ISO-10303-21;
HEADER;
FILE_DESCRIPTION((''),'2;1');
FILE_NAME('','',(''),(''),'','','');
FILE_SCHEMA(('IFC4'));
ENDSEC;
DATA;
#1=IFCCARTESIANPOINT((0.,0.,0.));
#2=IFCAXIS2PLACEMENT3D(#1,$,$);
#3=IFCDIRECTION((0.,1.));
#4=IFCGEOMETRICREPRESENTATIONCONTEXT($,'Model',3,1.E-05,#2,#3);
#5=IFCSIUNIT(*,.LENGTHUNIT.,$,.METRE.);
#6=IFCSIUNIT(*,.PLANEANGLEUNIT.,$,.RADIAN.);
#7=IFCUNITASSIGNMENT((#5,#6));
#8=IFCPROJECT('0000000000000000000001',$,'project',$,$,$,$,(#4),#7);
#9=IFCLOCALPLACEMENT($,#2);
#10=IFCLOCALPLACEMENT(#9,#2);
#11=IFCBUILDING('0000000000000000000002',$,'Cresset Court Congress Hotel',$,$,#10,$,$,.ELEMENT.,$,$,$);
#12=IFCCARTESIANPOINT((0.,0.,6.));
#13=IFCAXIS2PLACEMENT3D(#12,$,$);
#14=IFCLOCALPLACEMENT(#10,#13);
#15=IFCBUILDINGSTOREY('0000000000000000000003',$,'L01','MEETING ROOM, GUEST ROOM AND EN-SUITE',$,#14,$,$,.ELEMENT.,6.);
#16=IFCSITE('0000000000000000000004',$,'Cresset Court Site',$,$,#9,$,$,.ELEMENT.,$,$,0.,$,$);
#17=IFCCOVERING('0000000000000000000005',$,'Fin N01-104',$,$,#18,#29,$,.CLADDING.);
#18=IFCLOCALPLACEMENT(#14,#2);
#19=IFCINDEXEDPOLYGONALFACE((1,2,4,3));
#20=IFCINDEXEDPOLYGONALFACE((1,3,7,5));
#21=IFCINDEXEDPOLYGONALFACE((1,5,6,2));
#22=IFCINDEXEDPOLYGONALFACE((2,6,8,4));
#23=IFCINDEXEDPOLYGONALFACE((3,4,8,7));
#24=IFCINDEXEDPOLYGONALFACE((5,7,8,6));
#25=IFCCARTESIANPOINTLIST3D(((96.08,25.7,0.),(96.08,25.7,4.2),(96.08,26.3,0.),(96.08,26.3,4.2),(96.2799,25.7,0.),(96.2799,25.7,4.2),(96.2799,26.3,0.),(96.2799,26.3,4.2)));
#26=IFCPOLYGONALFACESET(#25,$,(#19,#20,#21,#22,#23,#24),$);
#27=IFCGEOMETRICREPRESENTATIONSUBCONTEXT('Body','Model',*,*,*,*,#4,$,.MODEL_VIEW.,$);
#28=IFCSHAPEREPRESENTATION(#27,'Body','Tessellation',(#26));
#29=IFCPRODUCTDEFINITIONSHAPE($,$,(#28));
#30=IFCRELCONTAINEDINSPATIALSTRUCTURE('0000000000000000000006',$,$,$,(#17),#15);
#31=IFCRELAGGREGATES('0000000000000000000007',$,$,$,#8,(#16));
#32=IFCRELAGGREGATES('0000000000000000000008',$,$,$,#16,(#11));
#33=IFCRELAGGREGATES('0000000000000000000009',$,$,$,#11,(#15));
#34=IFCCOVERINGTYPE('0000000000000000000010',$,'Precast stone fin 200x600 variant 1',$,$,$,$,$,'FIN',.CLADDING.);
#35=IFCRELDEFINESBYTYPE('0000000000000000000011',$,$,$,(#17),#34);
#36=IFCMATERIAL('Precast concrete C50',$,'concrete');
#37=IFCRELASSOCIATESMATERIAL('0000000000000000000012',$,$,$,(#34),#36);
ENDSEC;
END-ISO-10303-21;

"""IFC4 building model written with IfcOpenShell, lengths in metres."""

from ifc_helpers import new_model, si_unit, direction, frame, origin, origin_2d, place, context, subcontext, project, spatial, rectangle, extrude, material, type_object, element, save


model = new_model("IFC4")

# Units and contexts
model_context = context("Model", 3, precision=1e-05, world=origin(), true_north=direction((0.0, 1.0)))
body_context = subcontext(model_context, "Body", "Model", "MODEL_VIEW")
ifc_project = project(units=[si_unit("LENGTHUNIT", "METRE"), si_unit("PLANEANGLEUNIT", "RADIAN")], contexts=[model_context])

# Site, building, storey
site_placement = place(None, origin())
site = spatial("IfcSite", under=ifc_project, at=site_placement, Name="Cresset Court Site", CompositionType="ELEMENT", RefElevation=0.0)
building_placement = place(site_placement, origin())
building = spatial("IfcBuilding", under=site, at=building_placement, Name="Cresset Court Congress Hotel", CompositionType="ELEMENT")
storey_placement = place(building_placement, frame((0.0, 0.0, 6.0)))
storey = spatial("IfcBuildingStorey", under=building, at=storey_placement, Name="L01", Description="MEETING ROOM, GUEST ROOM AND EN-SUITE", CompositionType="ELEMENT", Elevation=6.0)

# Covering
ifc_material_1 = material(Name="Precast concrete C50", Category="concrete")
covering_type = type_object("IfcCoveringType", Name="Precast stone fin 200x600 variant 1", ElementType="FIN", PredefinedType="CLADDING", material=ifc_material_1)
for number, where, z_axis, x_axis, name in (
    (1, (96.1799, 26.0, 0.0), (0.0, 0.0, 1.0), (1.0, 0.0, 0.0), "Fin N01-104"),
):
    element("IfcCovering", number, at=place(storey_placement, frame(where, z_axis=z_axis, x_axis=x_axis)), inside=storey, type_object=covering_type, Name=name, PredefinedType="CLADDING", context=body_context, shape_type="SweptSolid", body=[
        extrude(rectangle(XDim=0.2, YDim=0.6001, at=origin_2d()), origin(), (0.0, 0.0, 1.0), 4.2),
    ])

save(model, "model.ifc")
